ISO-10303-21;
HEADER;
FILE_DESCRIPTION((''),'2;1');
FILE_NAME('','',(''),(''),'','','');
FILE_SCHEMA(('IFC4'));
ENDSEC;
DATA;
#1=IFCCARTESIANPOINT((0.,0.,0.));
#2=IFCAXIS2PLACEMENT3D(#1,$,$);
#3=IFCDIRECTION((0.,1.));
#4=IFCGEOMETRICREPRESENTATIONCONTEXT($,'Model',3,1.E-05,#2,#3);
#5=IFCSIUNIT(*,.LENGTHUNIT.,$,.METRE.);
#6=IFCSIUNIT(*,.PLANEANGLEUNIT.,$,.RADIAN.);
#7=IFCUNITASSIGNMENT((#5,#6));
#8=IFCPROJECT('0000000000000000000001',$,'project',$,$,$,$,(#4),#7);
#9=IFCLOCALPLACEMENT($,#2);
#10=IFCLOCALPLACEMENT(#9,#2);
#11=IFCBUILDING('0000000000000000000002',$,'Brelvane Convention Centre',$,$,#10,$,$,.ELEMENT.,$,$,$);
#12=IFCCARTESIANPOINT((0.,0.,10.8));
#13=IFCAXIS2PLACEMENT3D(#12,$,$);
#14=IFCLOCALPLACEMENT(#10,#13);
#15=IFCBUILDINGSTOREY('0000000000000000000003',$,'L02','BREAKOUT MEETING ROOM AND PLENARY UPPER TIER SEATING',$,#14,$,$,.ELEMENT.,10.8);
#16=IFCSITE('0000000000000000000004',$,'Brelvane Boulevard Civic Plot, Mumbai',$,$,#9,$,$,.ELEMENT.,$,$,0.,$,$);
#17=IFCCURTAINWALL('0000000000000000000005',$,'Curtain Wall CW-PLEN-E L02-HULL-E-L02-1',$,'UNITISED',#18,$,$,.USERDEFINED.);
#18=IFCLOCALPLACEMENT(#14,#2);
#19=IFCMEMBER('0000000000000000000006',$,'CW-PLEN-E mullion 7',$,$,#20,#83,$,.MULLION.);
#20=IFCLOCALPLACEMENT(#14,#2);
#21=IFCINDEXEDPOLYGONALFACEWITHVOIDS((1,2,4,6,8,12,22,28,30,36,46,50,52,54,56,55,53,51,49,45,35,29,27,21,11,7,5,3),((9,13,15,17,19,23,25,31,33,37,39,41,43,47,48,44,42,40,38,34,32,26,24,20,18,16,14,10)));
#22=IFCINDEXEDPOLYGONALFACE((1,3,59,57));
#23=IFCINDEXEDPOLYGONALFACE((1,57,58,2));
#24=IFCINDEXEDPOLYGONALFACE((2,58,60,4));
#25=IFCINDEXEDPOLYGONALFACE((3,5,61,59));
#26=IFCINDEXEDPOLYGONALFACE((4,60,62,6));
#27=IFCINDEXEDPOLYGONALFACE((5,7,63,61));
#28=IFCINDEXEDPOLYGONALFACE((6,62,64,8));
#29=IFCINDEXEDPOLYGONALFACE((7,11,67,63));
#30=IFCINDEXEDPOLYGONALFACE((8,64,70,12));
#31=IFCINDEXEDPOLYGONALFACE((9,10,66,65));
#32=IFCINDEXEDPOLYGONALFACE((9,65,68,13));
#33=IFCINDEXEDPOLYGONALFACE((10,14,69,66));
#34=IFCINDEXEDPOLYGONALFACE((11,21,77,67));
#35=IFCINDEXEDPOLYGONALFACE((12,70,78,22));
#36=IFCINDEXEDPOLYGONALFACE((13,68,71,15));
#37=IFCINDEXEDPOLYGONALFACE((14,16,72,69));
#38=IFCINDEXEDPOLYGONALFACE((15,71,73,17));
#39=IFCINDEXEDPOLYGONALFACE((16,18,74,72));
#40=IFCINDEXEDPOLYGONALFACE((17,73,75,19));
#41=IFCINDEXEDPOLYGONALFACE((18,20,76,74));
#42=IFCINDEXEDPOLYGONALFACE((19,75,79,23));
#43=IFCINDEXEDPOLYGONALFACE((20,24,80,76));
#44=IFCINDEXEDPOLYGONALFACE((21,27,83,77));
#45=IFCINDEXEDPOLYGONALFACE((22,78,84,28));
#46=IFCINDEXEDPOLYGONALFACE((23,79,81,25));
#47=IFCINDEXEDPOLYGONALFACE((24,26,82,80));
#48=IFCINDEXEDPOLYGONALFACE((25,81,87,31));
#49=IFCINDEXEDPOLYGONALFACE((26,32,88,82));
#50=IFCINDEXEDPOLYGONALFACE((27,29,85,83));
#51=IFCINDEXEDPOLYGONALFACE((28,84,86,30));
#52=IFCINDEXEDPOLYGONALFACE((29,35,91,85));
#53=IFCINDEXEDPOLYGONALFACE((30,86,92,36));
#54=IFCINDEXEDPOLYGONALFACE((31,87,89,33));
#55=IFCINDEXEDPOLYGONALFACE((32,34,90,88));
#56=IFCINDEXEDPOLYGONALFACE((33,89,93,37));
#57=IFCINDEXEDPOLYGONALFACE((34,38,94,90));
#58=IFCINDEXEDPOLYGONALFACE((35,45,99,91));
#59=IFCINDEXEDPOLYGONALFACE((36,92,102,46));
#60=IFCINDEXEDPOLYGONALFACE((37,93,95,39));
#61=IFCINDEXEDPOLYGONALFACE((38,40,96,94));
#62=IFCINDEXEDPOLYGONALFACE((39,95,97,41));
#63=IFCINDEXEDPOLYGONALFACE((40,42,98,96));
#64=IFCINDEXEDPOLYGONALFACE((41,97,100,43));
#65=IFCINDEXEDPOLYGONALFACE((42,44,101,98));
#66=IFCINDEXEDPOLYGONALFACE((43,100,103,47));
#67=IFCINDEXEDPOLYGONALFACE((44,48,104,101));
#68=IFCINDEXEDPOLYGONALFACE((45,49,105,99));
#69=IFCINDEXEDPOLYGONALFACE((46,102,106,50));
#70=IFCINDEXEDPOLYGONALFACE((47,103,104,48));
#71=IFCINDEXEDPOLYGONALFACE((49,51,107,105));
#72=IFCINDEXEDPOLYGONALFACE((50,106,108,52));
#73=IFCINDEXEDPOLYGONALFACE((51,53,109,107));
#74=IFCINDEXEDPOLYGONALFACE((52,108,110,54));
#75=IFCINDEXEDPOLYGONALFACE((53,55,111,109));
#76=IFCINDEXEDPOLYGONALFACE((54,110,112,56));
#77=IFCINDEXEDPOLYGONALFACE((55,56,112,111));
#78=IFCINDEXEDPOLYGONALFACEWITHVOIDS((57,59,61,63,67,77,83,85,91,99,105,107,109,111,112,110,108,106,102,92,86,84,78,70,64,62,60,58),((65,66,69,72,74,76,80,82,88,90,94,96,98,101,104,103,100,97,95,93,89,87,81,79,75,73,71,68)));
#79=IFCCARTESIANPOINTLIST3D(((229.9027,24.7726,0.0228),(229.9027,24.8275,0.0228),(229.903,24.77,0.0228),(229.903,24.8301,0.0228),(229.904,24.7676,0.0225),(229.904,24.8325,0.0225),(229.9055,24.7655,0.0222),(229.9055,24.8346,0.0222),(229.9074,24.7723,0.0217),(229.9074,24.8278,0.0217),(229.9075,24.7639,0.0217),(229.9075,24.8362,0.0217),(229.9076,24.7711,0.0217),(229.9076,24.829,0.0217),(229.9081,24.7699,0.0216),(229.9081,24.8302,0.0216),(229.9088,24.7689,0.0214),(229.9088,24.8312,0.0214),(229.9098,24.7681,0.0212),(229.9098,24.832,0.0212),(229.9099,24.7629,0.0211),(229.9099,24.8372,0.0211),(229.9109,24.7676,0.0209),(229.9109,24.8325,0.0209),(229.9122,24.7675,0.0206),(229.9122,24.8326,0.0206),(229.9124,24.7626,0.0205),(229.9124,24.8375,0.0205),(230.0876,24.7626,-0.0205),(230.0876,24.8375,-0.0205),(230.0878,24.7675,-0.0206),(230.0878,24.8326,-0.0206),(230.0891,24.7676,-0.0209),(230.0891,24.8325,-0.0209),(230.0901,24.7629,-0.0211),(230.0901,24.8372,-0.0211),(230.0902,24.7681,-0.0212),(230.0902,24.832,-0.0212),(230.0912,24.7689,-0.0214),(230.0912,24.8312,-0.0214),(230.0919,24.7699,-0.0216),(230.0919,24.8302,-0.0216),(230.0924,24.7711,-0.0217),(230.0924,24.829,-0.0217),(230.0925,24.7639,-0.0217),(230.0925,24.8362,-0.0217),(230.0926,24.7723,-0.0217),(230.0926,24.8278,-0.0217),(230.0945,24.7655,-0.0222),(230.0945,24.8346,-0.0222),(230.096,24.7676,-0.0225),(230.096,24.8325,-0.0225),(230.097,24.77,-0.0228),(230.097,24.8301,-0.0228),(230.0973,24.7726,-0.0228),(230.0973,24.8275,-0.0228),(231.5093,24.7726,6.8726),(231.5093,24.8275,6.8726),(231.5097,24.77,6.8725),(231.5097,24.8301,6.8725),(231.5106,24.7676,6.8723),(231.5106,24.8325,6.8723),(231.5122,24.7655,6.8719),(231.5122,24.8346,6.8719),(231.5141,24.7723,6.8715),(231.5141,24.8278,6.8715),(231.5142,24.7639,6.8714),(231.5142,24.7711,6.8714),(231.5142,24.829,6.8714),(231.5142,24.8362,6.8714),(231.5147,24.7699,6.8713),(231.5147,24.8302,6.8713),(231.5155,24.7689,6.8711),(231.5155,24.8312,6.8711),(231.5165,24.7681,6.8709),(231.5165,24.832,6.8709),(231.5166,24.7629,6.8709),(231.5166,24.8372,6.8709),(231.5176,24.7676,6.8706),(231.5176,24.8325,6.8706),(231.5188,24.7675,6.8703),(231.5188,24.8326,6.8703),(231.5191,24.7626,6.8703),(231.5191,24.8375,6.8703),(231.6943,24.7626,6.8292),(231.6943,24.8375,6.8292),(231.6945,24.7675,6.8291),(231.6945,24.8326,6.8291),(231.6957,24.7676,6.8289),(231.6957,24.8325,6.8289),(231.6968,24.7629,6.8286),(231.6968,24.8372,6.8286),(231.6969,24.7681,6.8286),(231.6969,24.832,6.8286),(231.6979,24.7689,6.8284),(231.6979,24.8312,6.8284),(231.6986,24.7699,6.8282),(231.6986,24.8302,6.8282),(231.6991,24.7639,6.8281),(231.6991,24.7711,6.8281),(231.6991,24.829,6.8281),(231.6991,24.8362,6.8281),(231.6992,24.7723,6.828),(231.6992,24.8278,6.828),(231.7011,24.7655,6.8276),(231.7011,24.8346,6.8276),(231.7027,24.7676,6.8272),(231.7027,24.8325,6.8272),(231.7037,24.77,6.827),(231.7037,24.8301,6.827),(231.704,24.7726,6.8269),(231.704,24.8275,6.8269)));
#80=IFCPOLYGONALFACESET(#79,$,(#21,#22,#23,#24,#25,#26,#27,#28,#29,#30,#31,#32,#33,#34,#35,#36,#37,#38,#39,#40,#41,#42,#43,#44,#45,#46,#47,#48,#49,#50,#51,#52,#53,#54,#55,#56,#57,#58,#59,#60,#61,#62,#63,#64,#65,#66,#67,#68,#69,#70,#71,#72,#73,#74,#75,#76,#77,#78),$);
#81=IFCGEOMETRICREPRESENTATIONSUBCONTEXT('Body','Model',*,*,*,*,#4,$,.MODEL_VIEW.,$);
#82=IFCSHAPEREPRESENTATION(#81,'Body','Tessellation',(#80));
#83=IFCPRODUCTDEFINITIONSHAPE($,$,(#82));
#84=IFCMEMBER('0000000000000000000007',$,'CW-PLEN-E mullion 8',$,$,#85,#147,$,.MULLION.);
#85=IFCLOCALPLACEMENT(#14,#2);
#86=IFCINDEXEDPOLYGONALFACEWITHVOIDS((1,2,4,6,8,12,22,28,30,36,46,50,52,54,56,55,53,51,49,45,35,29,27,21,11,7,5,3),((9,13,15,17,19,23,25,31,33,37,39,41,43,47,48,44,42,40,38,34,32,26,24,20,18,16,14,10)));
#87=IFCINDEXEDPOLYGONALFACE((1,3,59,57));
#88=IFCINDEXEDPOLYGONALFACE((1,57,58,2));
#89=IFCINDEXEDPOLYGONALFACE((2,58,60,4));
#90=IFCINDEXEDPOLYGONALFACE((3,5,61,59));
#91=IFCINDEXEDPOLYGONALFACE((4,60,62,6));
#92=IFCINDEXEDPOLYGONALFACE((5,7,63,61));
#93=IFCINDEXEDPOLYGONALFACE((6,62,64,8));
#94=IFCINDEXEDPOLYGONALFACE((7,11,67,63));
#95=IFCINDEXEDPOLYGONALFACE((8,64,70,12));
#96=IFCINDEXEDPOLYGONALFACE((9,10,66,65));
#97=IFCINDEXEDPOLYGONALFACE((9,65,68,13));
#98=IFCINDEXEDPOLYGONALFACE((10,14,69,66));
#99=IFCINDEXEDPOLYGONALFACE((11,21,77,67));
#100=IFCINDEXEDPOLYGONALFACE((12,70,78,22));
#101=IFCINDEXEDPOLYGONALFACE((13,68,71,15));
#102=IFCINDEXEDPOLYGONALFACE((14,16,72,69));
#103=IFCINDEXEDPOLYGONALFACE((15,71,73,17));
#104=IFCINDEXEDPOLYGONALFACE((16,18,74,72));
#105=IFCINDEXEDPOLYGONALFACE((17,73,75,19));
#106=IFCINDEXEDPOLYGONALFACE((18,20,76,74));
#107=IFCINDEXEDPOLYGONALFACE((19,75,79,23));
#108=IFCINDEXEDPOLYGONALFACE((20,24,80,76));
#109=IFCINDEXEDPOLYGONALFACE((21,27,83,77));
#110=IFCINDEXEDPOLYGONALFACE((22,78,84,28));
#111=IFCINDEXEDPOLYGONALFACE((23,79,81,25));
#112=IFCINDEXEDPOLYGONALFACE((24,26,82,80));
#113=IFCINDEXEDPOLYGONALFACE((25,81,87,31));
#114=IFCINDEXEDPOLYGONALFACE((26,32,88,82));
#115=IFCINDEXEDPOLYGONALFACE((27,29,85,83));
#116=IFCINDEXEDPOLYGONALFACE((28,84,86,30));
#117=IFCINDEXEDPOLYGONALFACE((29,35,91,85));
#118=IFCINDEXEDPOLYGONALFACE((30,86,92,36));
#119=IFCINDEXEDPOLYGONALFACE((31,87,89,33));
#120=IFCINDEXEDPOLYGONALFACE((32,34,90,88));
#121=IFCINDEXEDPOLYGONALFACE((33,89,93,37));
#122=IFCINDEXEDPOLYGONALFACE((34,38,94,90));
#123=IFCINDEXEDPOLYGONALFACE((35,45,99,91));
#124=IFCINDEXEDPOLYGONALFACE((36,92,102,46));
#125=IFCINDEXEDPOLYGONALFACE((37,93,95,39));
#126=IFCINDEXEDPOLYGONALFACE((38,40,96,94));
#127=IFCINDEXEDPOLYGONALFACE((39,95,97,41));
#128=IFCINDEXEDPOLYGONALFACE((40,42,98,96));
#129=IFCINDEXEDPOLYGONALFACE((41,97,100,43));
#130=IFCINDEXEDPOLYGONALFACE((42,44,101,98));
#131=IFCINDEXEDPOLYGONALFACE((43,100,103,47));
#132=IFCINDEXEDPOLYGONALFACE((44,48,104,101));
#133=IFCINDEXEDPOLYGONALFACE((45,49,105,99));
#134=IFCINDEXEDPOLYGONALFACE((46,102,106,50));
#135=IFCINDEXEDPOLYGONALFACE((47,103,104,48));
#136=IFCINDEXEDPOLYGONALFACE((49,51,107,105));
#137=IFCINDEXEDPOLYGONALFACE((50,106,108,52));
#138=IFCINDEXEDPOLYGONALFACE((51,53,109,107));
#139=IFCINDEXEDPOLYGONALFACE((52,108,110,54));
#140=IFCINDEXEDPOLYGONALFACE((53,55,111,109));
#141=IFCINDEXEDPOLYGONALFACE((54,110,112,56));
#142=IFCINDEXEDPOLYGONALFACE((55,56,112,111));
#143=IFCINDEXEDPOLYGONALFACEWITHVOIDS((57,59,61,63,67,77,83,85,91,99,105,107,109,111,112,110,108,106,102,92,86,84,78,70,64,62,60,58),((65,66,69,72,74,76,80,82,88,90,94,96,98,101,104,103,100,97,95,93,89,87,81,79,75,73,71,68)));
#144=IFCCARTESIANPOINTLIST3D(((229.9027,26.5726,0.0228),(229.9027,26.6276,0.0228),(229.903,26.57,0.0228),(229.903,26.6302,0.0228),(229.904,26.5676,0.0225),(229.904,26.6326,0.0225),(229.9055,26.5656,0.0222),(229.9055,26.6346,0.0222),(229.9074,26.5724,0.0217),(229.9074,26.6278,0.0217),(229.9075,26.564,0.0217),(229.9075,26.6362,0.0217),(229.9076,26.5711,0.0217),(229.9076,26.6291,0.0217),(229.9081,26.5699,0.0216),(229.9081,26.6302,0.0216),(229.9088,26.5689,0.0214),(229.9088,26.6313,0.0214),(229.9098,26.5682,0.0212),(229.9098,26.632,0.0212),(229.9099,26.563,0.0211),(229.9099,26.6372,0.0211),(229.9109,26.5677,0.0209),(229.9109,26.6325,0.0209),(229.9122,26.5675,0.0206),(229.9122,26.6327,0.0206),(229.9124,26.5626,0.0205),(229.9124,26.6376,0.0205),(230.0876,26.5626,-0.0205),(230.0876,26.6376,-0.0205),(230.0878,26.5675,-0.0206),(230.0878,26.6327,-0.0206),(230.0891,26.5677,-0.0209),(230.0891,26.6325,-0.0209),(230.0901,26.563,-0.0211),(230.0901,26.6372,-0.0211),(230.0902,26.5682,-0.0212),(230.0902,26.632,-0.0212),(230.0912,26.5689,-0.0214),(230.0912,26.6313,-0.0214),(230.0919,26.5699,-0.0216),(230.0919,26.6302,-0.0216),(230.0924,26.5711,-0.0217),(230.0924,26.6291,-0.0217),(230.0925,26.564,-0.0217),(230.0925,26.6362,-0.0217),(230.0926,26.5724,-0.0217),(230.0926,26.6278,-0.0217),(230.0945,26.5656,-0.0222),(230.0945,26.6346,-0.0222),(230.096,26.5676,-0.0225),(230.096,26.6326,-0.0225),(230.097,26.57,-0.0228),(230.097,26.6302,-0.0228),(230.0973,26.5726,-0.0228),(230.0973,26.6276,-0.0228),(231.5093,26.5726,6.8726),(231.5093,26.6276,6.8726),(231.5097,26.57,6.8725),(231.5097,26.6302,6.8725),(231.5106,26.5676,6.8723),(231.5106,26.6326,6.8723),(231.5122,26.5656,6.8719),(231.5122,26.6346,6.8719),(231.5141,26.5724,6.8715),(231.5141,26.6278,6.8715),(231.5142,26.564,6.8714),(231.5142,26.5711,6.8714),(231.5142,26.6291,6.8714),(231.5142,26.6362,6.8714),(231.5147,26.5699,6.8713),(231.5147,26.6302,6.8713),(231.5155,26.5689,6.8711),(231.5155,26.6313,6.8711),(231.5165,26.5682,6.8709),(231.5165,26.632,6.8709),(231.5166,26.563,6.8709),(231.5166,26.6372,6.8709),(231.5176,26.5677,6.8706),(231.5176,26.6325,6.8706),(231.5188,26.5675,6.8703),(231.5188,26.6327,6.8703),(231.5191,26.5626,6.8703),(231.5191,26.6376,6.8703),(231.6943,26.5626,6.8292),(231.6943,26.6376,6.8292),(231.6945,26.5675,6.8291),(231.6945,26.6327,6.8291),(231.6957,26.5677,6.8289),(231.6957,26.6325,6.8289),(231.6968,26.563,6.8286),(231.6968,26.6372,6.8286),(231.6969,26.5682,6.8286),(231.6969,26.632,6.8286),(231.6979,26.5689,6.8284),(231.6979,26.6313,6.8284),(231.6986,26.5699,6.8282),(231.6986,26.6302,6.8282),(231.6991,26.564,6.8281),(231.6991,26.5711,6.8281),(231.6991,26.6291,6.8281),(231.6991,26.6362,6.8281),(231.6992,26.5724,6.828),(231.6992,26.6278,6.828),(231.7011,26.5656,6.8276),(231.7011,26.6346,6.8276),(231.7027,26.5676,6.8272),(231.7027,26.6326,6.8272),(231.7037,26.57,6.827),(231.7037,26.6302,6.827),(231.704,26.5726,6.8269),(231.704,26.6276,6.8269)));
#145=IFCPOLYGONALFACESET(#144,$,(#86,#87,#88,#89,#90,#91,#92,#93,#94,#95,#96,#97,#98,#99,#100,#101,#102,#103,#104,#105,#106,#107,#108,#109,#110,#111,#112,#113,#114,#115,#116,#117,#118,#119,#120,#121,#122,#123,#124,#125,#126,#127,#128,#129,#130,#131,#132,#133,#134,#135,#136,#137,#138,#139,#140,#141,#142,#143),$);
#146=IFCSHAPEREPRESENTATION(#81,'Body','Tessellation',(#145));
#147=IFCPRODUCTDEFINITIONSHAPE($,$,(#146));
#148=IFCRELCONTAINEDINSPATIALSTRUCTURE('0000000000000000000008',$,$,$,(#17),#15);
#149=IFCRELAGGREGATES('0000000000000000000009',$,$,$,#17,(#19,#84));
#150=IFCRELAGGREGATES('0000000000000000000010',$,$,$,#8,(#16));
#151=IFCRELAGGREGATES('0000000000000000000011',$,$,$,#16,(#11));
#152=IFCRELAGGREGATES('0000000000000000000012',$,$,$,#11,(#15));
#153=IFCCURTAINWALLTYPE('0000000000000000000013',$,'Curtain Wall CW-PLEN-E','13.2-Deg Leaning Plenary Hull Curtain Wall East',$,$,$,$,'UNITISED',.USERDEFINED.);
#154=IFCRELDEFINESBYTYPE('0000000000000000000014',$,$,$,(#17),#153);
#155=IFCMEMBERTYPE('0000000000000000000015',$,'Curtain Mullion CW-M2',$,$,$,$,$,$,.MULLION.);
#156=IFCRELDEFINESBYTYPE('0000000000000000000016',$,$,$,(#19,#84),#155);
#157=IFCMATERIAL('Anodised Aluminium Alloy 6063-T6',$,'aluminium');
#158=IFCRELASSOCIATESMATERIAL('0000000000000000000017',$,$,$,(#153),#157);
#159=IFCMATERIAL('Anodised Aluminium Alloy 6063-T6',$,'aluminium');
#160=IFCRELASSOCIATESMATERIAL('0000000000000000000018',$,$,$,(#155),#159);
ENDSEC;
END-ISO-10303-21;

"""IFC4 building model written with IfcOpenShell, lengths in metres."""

from ifc_helpers import new_model, si_unit, direction, frame, origin, origin_2d, place, context, subcontext, project, spatial, hollow_rectangle, extrude, material, material_profile, profile_set, type_object, element, aggregate, save


model = new_model("IFC4")

# Units and contexts
model_context = context("Model", 3, precision=1e-05, world=origin(), true_north=direction((0.0, 1.0)))
body_context = subcontext(model_context, "Body", "Model", "MODEL_VIEW")
ifc_project = project(units=[si_unit("LENGTHUNIT", "METRE"), si_unit("PLANEANGLEUNIT", "RADIAN")], contexts=[model_context])

# Site, building, storey
site_placement = place(None, origin())
site = spatial("IfcSite", under=ifc_project, at=site_placement, Name="Brelvane Boulevard Civic Plot, Mumbai", CompositionType="ELEMENT", RefElevation=0.0)
building_placement = place(site_placement, origin())
building = spatial("IfcBuilding", under=site, at=building_placement, Name="Brelvane Convention Centre", CompositionType="ELEMENT")
storey_placement = place(building_placement, frame((0.0, 0.0, 10.8)))
storey = spatial("IfcBuildingStorey", under=building, at=storey_placement, Name="L02", Description="BREAKOUT MEETING ROOM AND PLENARY UPPER TIER SEATING", CompositionType="ELEMENT", Elevation=10.8)

# Curtain wall, members
ifc_material_1 = material(Name="Anodised Aluminium Alloy 6063-T6", Category="aluminium")
curtain_wall_type = type_object("IfcCurtainWallType", Name="Curtain Wall CW-PLEN-E", Description="13.2-Deg Leaning Plenary Hull Curtain Wall East", ElementType="UNITISED", PredefinedType="USERDEFINED", material=ifc_material_1)
curtain_wall_placement = place(storey_placement, origin())
curtain_wall = element("IfcCurtainWall", 1, at=curtain_wall_placement, inside=storey, type_object=curtain_wall_type, Name="Curtain Wall CW-PLEN-E L02-HULL-E-L02-1", ObjectType="UNITISED", PredefinedType="USERDEFINED")
ifc_material_2 = material(Name="Anodised Aluminium Alloy 6063-T6", Category="aluminium")
ifc_material_profile_1 = material_profile(ifc_material_2, hollow_rectangle(XDim=0.075, YDim=0.2, WallThickness=0.0049, InnerFilletRadius=0.0049, OuterFilletRadius=0.01, at=origin_2d()), Name="ALU-M 200x75x5.0")
ifc_profile_set_1 = profile_set([ifc_material_profile_1], Name="Anodised Aluminium Alloy 6063-T6")
member_type_1 = type_object("IfcMemberType", Name="Curtain Mullion CW-M2", PredefinedType="MULLION", material=ifc_profile_set_1)
member_1_placement = place(storey_placement, frame((230.0, 24.8, 0.0), z_axis=(0.22836, 0.0, 0.973577), x_axis=(0.0, 1.0, 0.0)))
member_1 = element("IfcMember", 2, at=member_1_placement, type_object=member_type_1, Name="CW-PLEN-E mullion 7", PredefinedType="MULLION", context=body_context, shape_type="SweptSolid", body=[
    extrude(hollow_rectangle(XDim=0.075, YDim=0.2, WallThickness=0.0049, InnerFilletRadius=0.0049, OuterFilletRadius=0.01, at=origin_2d()), origin(), (0.0, 0.0, 1.0), 7.0356),
])
member_2_placement = place(storey_placement, frame((230.0, 26.6001, 0.0), z_axis=(0.22836, 0.0, 0.973577), x_axis=(0.0, 1.0, 0.0)))
member_2 = element("IfcMember", 3, at=member_2_placement, type_object=member_type_1, Name="CW-PLEN-E mullion 8", PredefinedType="MULLION", context=body_context, shape_type="SweptSolid", body=[
    extrude(hollow_rectangle(XDim=0.075, YDim=0.2, WallThickness=0.0049, InnerFilletRadius=0.0049, OuterFilletRadius=0.01, at=origin_2d()), origin(), (0.0, 0.0, 1.0), 7.0356),
])
aggregate(curtain_wall, [member_1, member_2])

save(model, "model.ifc")
